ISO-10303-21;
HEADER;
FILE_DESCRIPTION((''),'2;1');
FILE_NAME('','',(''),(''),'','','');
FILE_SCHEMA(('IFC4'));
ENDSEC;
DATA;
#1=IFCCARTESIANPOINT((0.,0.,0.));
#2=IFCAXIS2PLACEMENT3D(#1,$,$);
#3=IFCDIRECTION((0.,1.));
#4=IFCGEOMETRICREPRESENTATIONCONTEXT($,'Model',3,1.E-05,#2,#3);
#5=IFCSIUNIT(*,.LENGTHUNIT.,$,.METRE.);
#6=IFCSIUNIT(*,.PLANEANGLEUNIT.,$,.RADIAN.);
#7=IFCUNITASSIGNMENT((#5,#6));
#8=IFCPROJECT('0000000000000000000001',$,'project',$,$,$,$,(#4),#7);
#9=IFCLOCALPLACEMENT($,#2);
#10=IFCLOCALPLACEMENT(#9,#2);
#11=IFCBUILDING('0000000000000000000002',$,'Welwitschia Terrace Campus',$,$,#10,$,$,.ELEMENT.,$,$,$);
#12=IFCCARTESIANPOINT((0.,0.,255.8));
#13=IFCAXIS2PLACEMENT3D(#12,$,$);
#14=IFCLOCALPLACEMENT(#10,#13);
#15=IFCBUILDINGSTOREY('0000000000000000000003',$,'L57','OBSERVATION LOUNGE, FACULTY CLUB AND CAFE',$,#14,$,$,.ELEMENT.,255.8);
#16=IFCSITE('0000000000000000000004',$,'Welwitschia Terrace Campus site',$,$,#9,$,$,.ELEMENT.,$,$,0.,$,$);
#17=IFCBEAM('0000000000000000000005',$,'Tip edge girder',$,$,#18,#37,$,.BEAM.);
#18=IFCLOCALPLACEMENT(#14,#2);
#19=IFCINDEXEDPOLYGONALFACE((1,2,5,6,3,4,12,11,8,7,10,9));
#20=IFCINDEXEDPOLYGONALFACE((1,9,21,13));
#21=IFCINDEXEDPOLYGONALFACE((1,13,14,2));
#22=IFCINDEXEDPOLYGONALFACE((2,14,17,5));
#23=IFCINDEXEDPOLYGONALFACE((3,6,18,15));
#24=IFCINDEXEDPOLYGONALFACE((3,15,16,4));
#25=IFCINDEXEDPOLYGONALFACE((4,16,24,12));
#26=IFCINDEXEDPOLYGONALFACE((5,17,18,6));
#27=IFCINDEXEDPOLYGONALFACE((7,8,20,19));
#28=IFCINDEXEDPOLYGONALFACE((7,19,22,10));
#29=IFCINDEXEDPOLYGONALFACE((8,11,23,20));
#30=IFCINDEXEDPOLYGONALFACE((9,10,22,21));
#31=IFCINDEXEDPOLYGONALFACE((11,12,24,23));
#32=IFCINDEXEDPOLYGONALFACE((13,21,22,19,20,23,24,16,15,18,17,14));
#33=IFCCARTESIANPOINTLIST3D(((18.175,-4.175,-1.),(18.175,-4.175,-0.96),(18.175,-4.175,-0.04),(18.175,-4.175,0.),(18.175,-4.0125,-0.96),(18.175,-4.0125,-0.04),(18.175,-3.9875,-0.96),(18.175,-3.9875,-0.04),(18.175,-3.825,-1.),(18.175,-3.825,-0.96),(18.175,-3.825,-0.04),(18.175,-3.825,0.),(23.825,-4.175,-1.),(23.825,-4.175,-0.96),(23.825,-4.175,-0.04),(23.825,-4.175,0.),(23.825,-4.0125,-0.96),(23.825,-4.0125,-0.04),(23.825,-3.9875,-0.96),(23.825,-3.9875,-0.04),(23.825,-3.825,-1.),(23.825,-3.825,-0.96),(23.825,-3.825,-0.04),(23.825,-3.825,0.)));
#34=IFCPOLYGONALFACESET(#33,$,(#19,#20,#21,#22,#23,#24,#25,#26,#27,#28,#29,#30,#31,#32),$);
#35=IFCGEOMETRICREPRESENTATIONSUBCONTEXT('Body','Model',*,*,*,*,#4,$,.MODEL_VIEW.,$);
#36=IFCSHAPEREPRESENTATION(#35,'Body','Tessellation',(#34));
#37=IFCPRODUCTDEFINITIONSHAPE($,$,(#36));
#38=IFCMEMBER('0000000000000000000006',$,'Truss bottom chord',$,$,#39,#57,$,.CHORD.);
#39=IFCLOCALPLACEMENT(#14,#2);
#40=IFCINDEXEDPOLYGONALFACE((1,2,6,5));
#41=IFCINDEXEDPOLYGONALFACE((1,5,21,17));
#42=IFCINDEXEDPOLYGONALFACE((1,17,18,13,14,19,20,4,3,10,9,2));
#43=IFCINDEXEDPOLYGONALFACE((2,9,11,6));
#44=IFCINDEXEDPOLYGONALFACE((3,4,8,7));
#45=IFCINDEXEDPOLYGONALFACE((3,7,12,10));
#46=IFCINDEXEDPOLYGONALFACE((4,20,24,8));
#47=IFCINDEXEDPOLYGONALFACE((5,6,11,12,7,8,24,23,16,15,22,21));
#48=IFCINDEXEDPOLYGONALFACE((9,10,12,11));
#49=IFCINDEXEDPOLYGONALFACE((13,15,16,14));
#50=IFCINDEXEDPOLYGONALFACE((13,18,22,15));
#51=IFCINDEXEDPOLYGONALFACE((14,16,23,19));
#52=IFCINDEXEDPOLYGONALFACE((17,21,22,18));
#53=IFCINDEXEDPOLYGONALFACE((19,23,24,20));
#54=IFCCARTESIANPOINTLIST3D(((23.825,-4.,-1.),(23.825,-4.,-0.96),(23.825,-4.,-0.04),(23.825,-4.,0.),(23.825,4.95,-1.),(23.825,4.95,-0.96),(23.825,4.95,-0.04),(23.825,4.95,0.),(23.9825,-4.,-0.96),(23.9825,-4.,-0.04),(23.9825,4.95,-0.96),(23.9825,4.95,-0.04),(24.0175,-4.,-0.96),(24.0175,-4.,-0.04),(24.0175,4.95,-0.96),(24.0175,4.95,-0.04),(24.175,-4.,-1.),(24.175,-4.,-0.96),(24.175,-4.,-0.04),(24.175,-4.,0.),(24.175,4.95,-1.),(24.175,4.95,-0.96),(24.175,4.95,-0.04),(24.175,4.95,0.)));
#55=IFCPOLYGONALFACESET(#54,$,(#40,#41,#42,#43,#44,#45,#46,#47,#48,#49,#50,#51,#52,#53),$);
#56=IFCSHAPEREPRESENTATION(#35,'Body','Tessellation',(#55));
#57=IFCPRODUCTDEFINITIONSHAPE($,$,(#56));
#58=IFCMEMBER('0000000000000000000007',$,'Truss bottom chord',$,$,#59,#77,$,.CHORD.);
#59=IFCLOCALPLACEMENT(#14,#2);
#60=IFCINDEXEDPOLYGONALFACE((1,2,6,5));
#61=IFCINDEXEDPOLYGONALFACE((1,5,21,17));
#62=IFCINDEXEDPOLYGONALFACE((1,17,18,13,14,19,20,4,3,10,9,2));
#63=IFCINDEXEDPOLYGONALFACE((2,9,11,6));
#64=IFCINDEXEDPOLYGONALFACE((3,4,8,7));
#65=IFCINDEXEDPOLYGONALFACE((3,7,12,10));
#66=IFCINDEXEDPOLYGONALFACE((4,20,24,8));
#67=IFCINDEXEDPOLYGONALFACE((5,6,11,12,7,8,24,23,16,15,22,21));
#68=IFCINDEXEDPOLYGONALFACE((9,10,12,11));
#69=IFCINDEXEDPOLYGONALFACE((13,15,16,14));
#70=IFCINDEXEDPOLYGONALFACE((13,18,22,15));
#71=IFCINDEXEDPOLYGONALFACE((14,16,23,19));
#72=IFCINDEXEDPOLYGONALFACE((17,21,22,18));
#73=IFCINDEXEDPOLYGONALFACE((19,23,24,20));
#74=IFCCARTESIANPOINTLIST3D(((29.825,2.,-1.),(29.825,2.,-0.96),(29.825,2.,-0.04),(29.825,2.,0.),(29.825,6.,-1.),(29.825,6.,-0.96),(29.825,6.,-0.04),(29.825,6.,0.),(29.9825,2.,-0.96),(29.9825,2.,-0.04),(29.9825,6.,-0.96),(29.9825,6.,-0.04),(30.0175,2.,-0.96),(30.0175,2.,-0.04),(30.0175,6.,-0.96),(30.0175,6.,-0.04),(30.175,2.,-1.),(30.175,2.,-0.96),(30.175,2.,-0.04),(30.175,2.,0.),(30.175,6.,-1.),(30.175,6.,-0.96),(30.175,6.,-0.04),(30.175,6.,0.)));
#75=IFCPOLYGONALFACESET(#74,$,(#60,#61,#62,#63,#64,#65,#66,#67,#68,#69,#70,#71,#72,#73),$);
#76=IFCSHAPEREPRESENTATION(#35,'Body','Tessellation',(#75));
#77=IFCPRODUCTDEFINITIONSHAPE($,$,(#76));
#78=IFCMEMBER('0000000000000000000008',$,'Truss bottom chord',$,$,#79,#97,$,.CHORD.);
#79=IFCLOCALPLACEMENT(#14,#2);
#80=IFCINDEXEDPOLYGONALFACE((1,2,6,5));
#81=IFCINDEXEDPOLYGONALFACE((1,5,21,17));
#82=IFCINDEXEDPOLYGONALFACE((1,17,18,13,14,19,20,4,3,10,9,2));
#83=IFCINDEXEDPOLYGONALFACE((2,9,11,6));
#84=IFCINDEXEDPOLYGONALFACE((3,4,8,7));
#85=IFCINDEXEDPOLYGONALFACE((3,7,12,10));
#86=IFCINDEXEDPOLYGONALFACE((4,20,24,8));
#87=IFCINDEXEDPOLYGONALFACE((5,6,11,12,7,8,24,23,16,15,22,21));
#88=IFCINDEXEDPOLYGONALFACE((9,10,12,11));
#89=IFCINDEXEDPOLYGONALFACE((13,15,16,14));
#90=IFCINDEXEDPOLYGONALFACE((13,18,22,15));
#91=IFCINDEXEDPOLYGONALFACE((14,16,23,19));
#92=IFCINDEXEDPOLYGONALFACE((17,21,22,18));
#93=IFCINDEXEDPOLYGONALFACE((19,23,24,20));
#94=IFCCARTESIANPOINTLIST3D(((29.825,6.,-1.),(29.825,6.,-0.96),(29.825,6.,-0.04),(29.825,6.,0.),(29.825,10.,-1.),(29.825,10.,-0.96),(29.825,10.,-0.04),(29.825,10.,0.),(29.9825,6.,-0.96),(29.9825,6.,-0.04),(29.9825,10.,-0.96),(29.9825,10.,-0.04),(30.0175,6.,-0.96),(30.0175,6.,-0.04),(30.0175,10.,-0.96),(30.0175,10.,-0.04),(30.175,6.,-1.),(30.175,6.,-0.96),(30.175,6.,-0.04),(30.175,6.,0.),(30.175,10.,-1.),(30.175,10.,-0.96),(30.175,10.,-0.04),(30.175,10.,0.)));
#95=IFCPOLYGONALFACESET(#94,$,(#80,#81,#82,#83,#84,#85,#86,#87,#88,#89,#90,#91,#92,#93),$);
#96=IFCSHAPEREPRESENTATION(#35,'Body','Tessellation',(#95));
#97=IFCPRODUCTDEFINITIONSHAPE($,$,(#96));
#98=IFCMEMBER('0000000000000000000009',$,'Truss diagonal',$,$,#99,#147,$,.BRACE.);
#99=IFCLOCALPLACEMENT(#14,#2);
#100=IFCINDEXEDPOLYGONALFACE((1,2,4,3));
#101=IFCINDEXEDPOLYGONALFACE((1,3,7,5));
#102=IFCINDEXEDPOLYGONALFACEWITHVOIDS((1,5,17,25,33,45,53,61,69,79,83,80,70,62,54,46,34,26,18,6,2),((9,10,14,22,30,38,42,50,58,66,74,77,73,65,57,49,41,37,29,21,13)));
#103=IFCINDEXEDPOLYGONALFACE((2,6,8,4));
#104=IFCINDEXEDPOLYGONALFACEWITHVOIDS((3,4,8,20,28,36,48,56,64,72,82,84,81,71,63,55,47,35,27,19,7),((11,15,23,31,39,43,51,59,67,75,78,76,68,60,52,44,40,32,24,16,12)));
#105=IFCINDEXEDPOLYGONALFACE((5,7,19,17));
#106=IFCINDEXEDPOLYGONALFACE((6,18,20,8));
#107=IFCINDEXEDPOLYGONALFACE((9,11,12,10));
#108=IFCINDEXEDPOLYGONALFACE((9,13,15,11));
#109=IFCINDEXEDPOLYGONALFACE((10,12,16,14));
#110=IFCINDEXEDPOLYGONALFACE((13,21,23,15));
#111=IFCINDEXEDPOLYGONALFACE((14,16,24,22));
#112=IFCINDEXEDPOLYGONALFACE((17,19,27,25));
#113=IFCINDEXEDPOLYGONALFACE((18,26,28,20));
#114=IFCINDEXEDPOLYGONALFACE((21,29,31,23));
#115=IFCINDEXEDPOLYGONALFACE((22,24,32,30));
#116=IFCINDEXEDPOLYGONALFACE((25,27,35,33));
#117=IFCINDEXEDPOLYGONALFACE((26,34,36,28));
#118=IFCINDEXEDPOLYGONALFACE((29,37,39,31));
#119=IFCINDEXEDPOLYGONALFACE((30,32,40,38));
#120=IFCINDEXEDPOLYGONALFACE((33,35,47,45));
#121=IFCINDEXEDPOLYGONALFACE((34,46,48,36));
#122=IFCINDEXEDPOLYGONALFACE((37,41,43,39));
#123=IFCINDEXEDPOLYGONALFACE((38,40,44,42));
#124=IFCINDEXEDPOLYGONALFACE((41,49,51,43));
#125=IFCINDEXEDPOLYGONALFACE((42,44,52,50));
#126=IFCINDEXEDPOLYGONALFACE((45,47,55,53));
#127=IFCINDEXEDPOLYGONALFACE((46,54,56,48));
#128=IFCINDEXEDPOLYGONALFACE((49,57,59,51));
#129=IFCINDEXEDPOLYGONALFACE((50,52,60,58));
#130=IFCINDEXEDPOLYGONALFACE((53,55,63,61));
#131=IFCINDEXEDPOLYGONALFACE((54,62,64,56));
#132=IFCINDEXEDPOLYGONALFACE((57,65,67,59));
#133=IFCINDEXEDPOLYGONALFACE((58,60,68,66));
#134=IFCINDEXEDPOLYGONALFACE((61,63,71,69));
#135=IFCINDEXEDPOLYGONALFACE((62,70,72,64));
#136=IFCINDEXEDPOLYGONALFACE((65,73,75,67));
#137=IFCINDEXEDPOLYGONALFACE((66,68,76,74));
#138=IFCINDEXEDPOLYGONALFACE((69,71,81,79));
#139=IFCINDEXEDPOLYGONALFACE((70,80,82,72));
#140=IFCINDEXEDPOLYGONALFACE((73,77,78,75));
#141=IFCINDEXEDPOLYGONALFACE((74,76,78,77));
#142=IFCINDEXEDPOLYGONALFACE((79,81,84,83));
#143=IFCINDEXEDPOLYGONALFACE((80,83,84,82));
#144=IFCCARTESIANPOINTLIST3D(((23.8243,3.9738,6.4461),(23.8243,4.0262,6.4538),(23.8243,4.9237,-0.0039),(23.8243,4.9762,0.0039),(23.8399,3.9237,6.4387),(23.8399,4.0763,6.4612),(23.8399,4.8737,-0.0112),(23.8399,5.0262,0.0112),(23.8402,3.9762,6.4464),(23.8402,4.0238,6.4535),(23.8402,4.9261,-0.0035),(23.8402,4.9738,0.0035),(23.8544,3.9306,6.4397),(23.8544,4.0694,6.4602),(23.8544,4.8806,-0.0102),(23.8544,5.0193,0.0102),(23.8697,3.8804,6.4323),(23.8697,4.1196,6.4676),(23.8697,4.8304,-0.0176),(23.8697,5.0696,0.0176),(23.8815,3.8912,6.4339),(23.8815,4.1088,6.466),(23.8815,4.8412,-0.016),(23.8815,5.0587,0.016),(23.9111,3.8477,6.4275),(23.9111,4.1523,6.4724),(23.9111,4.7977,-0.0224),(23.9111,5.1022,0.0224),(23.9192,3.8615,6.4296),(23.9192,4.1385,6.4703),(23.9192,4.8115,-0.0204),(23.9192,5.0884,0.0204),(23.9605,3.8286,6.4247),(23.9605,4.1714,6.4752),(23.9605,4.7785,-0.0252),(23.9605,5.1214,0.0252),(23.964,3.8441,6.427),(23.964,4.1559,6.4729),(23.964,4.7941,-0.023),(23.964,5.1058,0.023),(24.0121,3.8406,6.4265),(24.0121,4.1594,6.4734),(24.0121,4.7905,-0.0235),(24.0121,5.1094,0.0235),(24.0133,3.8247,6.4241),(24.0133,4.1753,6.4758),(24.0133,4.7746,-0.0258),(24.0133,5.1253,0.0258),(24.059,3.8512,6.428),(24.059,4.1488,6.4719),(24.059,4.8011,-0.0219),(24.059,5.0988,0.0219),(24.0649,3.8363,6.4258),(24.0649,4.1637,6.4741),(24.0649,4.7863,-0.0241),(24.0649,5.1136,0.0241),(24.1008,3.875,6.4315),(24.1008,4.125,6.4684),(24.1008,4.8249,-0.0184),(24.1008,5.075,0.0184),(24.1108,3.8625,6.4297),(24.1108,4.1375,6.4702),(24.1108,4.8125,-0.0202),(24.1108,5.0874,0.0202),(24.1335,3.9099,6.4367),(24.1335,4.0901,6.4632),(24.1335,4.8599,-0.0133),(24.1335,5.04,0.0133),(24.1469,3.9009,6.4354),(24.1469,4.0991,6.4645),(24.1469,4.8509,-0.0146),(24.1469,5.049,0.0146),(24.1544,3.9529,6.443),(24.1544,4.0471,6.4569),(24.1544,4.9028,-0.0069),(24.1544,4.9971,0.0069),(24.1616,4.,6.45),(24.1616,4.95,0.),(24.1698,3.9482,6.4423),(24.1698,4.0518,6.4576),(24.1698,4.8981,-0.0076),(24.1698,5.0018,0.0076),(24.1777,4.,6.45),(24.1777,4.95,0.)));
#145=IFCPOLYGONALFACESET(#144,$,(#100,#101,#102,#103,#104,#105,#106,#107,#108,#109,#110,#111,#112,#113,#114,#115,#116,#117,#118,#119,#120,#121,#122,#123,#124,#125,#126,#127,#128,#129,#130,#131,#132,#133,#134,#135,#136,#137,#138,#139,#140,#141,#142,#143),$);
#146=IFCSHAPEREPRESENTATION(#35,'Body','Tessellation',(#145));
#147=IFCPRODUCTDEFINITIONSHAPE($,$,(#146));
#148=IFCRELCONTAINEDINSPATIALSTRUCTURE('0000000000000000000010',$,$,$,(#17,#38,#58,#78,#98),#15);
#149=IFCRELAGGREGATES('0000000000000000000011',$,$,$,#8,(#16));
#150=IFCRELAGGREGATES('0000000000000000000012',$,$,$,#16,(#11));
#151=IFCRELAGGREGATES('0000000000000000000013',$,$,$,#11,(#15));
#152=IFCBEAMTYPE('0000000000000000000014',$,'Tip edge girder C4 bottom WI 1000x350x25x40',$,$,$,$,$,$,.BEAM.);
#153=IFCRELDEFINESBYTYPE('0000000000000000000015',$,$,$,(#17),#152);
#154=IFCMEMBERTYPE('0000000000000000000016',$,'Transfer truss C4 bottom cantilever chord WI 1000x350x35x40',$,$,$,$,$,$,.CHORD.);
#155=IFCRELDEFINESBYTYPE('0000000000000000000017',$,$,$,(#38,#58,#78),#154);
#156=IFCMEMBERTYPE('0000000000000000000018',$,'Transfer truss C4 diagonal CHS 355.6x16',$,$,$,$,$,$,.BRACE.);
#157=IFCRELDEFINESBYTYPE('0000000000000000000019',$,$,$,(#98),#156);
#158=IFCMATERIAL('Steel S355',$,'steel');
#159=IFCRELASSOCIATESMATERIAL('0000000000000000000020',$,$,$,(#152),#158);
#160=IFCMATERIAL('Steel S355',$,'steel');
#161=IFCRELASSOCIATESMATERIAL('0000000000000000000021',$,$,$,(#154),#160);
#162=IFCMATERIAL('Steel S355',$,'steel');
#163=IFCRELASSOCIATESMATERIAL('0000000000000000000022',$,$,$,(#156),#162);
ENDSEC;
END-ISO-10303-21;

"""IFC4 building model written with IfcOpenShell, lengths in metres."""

from ifc_helpers import new_model, si_unit, direction, frame, origin, origin_2d, place, context, subcontext, project, spatial, hollow_circle, i_section, extrude, material, material_profile, profile_set, type_object, element, save


model = new_model("IFC4")

# Units and contexts
model_context = context("Model", 3, precision=1e-05, world=origin(), true_north=direction((0.0, 1.0)))
body_context = subcontext(model_context, "Body", "Model", "MODEL_VIEW")
ifc_project = project(units=[si_unit("LENGTHUNIT", "METRE"), si_unit("PLANEANGLEUNIT", "RADIAN")], contexts=[model_context])

# Site, building, storey
site_placement = place(None, origin())
site = spatial("IfcSite", under=ifc_project, at=site_placement, Name="Welwitschia Terrace Campus site", CompositionType="ELEMENT", RefElevation=0.0)
building_placement = place(site_placement, origin())
building = spatial("IfcBuilding", under=site, at=building_placement, Name="Welwitschia Terrace Campus", CompositionType="ELEMENT")
storey_placement = place(building_placement, frame((0.0, 0.0, 255.8)))
storey = spatial("IfcBuildingStorey", under=building, at=storey_placement, Name="L57", Description="OBSERVATION LOUNGE, FACULTY CLUB AND CAFE", CompositionType="ELEMENT", Elevation=255.8)

# Beam
ifc_material_1 = material(Name="Steel S355", Category="steel")
ifc_material_profile_1 = material_profile(ifc_material_1, i_section(OverallWidth=0.3501, OverallDepth=1.0, WebThickness=0.0249, FlangeThickness=0.04, at=origin_2d()))
ifc_profile_set_1 = profile_set([ifc_material_profile_1], Name="Steel S355")
beam_type = type_object("IfcBeamType", Name="Tip edge girder C4 bottom WI 1000x350x25x40", PredefinedType="BEAM", material=ifc_profile_set_1)
beam_placement = place(storey_placement, frame((18.175, -4.0, -0.5), z_axis=(1.0, 0.0, 0.0), x_axis=(0.0, 1.0, 0.0)))
element("IfcBeam", 1, at=beam_placement, inside=storey, type_object=beam_type, Name="Tip edge girder", PredefinedType="BEAM", context=body_context, shape_type="SweptSolid", body=[
    extrude(i_section(OverallWidth=0.3501, OverallDepth=1.0, WebThickness=0.0249, FlangeThickness=0.04, at=origin_2d()), origin(), (0.0, 0.0, 1.0), 5.6499),
])

# Members
ifc_material_2 = material(Name="Steel S355", Category="steel")
ifc_material_profile_2 = material_profile(ifc_material_2, i_section(OverallWidth=0.3501, OverallDepth=1.0, WebThickness=0.0349, FlangeThickness=0.04, at=origin_2d()))
ifc_profile_set_2 = profile_set([ifc_material_profile_2], Name="Steel S355")
member_type_1 = type_object("IfcMemberType", Name="Transfer truss C4 bottom cantilever chord WI 1000x350x35x40", PredefinedType="CHORD", material=ifc_profile_set_2)
member_1_placement = place(storey_placement, frame((24.0, -4.0, -0.5), z_axis=(0.0, 1.0, 0.0), x_axis=(-1.0, 0.0, 0.0)))
element("IfcMember", 2, at=member_1_placement, inside=storey, type_object=member_type_1, Name="Truss bottom chord", PredefinedType="CHORD", context=body_context, shape_type="SweptSolid", body=[
    extrude(i_section(OverallWidth=0.3501, OverallDepth=1.0, WebThickness=0.0349, FlangeThickness=0.04, at=origin_2d()), origin(), (0.0, 0.0, 1.0), 8.95),
])
for number, where, z_axis, x_axis, name in (
    (3, (30.0, 2.0, -0.5), (0.0, 1.0, 0.0), (-1.0, 0.0, 0.0), "Truss bottom chord"),
    (4, (30.0, 6.0, -0.5), (0.0, 1.0, 0.0), (-1.0, 0.0, 0.0), "Truss bottom chord"),
):
    element("IfcMember", number, at=place(storey_placement, frame(where, z_axis=z_axis, x_axis=x_axis)), inside=storey, type_object=member_type_1, Name=name, PredefinedType="CHORD", context=body_context, shape_type="SweptSolid", body=[
        extrude(i_section(OverallWidth=0.3501, OverallDepth=1.0, WebThickness=0.0349, FlangeThickness=0.04, at=origin_2d()), origin(), (0.0, 0.0, 1.0), 4.0),
    ])
ifc_material_3 = material(Name="Steel S355", Category="steel")
ifc_material_profile_3 = material_profile(ifc_material_3, hollow_circle(Radius=0.1777, WallThickness=0.0161, at=origin_2d()))
ifc_profile_set_3 = profile_set([ifc_material_profile_3], Name="Steel S355")
member_type_2 = type_object("IfcMemberType", Name="Transfer truss C4 diagonal CHS 355.6x16", PredefinedType="BRACE", material=ifc_profile_set_3)
member_2_placement = place(storey_placement, frame((24.0, 4.95, 0.0), z_axis=(0.0, -0.145709, 0.989328), x_axis=(1.0, 0.0, 0.0)))
element("IfcMember", 5, at=member_2_placement, inside=storey, type_object=member_type_2, Name="Truss diagonal", PredefinedType="BRACE", context=body_context, shape_type="SweptSolid", body=[
    extrude(hollow_circle(Radius=0.1777, WallThickness=0.0161, at=origin_2d()), origin(), (0.0, 0.0, 1.0), 6.5195),
])

save(model, "model.ifc")
